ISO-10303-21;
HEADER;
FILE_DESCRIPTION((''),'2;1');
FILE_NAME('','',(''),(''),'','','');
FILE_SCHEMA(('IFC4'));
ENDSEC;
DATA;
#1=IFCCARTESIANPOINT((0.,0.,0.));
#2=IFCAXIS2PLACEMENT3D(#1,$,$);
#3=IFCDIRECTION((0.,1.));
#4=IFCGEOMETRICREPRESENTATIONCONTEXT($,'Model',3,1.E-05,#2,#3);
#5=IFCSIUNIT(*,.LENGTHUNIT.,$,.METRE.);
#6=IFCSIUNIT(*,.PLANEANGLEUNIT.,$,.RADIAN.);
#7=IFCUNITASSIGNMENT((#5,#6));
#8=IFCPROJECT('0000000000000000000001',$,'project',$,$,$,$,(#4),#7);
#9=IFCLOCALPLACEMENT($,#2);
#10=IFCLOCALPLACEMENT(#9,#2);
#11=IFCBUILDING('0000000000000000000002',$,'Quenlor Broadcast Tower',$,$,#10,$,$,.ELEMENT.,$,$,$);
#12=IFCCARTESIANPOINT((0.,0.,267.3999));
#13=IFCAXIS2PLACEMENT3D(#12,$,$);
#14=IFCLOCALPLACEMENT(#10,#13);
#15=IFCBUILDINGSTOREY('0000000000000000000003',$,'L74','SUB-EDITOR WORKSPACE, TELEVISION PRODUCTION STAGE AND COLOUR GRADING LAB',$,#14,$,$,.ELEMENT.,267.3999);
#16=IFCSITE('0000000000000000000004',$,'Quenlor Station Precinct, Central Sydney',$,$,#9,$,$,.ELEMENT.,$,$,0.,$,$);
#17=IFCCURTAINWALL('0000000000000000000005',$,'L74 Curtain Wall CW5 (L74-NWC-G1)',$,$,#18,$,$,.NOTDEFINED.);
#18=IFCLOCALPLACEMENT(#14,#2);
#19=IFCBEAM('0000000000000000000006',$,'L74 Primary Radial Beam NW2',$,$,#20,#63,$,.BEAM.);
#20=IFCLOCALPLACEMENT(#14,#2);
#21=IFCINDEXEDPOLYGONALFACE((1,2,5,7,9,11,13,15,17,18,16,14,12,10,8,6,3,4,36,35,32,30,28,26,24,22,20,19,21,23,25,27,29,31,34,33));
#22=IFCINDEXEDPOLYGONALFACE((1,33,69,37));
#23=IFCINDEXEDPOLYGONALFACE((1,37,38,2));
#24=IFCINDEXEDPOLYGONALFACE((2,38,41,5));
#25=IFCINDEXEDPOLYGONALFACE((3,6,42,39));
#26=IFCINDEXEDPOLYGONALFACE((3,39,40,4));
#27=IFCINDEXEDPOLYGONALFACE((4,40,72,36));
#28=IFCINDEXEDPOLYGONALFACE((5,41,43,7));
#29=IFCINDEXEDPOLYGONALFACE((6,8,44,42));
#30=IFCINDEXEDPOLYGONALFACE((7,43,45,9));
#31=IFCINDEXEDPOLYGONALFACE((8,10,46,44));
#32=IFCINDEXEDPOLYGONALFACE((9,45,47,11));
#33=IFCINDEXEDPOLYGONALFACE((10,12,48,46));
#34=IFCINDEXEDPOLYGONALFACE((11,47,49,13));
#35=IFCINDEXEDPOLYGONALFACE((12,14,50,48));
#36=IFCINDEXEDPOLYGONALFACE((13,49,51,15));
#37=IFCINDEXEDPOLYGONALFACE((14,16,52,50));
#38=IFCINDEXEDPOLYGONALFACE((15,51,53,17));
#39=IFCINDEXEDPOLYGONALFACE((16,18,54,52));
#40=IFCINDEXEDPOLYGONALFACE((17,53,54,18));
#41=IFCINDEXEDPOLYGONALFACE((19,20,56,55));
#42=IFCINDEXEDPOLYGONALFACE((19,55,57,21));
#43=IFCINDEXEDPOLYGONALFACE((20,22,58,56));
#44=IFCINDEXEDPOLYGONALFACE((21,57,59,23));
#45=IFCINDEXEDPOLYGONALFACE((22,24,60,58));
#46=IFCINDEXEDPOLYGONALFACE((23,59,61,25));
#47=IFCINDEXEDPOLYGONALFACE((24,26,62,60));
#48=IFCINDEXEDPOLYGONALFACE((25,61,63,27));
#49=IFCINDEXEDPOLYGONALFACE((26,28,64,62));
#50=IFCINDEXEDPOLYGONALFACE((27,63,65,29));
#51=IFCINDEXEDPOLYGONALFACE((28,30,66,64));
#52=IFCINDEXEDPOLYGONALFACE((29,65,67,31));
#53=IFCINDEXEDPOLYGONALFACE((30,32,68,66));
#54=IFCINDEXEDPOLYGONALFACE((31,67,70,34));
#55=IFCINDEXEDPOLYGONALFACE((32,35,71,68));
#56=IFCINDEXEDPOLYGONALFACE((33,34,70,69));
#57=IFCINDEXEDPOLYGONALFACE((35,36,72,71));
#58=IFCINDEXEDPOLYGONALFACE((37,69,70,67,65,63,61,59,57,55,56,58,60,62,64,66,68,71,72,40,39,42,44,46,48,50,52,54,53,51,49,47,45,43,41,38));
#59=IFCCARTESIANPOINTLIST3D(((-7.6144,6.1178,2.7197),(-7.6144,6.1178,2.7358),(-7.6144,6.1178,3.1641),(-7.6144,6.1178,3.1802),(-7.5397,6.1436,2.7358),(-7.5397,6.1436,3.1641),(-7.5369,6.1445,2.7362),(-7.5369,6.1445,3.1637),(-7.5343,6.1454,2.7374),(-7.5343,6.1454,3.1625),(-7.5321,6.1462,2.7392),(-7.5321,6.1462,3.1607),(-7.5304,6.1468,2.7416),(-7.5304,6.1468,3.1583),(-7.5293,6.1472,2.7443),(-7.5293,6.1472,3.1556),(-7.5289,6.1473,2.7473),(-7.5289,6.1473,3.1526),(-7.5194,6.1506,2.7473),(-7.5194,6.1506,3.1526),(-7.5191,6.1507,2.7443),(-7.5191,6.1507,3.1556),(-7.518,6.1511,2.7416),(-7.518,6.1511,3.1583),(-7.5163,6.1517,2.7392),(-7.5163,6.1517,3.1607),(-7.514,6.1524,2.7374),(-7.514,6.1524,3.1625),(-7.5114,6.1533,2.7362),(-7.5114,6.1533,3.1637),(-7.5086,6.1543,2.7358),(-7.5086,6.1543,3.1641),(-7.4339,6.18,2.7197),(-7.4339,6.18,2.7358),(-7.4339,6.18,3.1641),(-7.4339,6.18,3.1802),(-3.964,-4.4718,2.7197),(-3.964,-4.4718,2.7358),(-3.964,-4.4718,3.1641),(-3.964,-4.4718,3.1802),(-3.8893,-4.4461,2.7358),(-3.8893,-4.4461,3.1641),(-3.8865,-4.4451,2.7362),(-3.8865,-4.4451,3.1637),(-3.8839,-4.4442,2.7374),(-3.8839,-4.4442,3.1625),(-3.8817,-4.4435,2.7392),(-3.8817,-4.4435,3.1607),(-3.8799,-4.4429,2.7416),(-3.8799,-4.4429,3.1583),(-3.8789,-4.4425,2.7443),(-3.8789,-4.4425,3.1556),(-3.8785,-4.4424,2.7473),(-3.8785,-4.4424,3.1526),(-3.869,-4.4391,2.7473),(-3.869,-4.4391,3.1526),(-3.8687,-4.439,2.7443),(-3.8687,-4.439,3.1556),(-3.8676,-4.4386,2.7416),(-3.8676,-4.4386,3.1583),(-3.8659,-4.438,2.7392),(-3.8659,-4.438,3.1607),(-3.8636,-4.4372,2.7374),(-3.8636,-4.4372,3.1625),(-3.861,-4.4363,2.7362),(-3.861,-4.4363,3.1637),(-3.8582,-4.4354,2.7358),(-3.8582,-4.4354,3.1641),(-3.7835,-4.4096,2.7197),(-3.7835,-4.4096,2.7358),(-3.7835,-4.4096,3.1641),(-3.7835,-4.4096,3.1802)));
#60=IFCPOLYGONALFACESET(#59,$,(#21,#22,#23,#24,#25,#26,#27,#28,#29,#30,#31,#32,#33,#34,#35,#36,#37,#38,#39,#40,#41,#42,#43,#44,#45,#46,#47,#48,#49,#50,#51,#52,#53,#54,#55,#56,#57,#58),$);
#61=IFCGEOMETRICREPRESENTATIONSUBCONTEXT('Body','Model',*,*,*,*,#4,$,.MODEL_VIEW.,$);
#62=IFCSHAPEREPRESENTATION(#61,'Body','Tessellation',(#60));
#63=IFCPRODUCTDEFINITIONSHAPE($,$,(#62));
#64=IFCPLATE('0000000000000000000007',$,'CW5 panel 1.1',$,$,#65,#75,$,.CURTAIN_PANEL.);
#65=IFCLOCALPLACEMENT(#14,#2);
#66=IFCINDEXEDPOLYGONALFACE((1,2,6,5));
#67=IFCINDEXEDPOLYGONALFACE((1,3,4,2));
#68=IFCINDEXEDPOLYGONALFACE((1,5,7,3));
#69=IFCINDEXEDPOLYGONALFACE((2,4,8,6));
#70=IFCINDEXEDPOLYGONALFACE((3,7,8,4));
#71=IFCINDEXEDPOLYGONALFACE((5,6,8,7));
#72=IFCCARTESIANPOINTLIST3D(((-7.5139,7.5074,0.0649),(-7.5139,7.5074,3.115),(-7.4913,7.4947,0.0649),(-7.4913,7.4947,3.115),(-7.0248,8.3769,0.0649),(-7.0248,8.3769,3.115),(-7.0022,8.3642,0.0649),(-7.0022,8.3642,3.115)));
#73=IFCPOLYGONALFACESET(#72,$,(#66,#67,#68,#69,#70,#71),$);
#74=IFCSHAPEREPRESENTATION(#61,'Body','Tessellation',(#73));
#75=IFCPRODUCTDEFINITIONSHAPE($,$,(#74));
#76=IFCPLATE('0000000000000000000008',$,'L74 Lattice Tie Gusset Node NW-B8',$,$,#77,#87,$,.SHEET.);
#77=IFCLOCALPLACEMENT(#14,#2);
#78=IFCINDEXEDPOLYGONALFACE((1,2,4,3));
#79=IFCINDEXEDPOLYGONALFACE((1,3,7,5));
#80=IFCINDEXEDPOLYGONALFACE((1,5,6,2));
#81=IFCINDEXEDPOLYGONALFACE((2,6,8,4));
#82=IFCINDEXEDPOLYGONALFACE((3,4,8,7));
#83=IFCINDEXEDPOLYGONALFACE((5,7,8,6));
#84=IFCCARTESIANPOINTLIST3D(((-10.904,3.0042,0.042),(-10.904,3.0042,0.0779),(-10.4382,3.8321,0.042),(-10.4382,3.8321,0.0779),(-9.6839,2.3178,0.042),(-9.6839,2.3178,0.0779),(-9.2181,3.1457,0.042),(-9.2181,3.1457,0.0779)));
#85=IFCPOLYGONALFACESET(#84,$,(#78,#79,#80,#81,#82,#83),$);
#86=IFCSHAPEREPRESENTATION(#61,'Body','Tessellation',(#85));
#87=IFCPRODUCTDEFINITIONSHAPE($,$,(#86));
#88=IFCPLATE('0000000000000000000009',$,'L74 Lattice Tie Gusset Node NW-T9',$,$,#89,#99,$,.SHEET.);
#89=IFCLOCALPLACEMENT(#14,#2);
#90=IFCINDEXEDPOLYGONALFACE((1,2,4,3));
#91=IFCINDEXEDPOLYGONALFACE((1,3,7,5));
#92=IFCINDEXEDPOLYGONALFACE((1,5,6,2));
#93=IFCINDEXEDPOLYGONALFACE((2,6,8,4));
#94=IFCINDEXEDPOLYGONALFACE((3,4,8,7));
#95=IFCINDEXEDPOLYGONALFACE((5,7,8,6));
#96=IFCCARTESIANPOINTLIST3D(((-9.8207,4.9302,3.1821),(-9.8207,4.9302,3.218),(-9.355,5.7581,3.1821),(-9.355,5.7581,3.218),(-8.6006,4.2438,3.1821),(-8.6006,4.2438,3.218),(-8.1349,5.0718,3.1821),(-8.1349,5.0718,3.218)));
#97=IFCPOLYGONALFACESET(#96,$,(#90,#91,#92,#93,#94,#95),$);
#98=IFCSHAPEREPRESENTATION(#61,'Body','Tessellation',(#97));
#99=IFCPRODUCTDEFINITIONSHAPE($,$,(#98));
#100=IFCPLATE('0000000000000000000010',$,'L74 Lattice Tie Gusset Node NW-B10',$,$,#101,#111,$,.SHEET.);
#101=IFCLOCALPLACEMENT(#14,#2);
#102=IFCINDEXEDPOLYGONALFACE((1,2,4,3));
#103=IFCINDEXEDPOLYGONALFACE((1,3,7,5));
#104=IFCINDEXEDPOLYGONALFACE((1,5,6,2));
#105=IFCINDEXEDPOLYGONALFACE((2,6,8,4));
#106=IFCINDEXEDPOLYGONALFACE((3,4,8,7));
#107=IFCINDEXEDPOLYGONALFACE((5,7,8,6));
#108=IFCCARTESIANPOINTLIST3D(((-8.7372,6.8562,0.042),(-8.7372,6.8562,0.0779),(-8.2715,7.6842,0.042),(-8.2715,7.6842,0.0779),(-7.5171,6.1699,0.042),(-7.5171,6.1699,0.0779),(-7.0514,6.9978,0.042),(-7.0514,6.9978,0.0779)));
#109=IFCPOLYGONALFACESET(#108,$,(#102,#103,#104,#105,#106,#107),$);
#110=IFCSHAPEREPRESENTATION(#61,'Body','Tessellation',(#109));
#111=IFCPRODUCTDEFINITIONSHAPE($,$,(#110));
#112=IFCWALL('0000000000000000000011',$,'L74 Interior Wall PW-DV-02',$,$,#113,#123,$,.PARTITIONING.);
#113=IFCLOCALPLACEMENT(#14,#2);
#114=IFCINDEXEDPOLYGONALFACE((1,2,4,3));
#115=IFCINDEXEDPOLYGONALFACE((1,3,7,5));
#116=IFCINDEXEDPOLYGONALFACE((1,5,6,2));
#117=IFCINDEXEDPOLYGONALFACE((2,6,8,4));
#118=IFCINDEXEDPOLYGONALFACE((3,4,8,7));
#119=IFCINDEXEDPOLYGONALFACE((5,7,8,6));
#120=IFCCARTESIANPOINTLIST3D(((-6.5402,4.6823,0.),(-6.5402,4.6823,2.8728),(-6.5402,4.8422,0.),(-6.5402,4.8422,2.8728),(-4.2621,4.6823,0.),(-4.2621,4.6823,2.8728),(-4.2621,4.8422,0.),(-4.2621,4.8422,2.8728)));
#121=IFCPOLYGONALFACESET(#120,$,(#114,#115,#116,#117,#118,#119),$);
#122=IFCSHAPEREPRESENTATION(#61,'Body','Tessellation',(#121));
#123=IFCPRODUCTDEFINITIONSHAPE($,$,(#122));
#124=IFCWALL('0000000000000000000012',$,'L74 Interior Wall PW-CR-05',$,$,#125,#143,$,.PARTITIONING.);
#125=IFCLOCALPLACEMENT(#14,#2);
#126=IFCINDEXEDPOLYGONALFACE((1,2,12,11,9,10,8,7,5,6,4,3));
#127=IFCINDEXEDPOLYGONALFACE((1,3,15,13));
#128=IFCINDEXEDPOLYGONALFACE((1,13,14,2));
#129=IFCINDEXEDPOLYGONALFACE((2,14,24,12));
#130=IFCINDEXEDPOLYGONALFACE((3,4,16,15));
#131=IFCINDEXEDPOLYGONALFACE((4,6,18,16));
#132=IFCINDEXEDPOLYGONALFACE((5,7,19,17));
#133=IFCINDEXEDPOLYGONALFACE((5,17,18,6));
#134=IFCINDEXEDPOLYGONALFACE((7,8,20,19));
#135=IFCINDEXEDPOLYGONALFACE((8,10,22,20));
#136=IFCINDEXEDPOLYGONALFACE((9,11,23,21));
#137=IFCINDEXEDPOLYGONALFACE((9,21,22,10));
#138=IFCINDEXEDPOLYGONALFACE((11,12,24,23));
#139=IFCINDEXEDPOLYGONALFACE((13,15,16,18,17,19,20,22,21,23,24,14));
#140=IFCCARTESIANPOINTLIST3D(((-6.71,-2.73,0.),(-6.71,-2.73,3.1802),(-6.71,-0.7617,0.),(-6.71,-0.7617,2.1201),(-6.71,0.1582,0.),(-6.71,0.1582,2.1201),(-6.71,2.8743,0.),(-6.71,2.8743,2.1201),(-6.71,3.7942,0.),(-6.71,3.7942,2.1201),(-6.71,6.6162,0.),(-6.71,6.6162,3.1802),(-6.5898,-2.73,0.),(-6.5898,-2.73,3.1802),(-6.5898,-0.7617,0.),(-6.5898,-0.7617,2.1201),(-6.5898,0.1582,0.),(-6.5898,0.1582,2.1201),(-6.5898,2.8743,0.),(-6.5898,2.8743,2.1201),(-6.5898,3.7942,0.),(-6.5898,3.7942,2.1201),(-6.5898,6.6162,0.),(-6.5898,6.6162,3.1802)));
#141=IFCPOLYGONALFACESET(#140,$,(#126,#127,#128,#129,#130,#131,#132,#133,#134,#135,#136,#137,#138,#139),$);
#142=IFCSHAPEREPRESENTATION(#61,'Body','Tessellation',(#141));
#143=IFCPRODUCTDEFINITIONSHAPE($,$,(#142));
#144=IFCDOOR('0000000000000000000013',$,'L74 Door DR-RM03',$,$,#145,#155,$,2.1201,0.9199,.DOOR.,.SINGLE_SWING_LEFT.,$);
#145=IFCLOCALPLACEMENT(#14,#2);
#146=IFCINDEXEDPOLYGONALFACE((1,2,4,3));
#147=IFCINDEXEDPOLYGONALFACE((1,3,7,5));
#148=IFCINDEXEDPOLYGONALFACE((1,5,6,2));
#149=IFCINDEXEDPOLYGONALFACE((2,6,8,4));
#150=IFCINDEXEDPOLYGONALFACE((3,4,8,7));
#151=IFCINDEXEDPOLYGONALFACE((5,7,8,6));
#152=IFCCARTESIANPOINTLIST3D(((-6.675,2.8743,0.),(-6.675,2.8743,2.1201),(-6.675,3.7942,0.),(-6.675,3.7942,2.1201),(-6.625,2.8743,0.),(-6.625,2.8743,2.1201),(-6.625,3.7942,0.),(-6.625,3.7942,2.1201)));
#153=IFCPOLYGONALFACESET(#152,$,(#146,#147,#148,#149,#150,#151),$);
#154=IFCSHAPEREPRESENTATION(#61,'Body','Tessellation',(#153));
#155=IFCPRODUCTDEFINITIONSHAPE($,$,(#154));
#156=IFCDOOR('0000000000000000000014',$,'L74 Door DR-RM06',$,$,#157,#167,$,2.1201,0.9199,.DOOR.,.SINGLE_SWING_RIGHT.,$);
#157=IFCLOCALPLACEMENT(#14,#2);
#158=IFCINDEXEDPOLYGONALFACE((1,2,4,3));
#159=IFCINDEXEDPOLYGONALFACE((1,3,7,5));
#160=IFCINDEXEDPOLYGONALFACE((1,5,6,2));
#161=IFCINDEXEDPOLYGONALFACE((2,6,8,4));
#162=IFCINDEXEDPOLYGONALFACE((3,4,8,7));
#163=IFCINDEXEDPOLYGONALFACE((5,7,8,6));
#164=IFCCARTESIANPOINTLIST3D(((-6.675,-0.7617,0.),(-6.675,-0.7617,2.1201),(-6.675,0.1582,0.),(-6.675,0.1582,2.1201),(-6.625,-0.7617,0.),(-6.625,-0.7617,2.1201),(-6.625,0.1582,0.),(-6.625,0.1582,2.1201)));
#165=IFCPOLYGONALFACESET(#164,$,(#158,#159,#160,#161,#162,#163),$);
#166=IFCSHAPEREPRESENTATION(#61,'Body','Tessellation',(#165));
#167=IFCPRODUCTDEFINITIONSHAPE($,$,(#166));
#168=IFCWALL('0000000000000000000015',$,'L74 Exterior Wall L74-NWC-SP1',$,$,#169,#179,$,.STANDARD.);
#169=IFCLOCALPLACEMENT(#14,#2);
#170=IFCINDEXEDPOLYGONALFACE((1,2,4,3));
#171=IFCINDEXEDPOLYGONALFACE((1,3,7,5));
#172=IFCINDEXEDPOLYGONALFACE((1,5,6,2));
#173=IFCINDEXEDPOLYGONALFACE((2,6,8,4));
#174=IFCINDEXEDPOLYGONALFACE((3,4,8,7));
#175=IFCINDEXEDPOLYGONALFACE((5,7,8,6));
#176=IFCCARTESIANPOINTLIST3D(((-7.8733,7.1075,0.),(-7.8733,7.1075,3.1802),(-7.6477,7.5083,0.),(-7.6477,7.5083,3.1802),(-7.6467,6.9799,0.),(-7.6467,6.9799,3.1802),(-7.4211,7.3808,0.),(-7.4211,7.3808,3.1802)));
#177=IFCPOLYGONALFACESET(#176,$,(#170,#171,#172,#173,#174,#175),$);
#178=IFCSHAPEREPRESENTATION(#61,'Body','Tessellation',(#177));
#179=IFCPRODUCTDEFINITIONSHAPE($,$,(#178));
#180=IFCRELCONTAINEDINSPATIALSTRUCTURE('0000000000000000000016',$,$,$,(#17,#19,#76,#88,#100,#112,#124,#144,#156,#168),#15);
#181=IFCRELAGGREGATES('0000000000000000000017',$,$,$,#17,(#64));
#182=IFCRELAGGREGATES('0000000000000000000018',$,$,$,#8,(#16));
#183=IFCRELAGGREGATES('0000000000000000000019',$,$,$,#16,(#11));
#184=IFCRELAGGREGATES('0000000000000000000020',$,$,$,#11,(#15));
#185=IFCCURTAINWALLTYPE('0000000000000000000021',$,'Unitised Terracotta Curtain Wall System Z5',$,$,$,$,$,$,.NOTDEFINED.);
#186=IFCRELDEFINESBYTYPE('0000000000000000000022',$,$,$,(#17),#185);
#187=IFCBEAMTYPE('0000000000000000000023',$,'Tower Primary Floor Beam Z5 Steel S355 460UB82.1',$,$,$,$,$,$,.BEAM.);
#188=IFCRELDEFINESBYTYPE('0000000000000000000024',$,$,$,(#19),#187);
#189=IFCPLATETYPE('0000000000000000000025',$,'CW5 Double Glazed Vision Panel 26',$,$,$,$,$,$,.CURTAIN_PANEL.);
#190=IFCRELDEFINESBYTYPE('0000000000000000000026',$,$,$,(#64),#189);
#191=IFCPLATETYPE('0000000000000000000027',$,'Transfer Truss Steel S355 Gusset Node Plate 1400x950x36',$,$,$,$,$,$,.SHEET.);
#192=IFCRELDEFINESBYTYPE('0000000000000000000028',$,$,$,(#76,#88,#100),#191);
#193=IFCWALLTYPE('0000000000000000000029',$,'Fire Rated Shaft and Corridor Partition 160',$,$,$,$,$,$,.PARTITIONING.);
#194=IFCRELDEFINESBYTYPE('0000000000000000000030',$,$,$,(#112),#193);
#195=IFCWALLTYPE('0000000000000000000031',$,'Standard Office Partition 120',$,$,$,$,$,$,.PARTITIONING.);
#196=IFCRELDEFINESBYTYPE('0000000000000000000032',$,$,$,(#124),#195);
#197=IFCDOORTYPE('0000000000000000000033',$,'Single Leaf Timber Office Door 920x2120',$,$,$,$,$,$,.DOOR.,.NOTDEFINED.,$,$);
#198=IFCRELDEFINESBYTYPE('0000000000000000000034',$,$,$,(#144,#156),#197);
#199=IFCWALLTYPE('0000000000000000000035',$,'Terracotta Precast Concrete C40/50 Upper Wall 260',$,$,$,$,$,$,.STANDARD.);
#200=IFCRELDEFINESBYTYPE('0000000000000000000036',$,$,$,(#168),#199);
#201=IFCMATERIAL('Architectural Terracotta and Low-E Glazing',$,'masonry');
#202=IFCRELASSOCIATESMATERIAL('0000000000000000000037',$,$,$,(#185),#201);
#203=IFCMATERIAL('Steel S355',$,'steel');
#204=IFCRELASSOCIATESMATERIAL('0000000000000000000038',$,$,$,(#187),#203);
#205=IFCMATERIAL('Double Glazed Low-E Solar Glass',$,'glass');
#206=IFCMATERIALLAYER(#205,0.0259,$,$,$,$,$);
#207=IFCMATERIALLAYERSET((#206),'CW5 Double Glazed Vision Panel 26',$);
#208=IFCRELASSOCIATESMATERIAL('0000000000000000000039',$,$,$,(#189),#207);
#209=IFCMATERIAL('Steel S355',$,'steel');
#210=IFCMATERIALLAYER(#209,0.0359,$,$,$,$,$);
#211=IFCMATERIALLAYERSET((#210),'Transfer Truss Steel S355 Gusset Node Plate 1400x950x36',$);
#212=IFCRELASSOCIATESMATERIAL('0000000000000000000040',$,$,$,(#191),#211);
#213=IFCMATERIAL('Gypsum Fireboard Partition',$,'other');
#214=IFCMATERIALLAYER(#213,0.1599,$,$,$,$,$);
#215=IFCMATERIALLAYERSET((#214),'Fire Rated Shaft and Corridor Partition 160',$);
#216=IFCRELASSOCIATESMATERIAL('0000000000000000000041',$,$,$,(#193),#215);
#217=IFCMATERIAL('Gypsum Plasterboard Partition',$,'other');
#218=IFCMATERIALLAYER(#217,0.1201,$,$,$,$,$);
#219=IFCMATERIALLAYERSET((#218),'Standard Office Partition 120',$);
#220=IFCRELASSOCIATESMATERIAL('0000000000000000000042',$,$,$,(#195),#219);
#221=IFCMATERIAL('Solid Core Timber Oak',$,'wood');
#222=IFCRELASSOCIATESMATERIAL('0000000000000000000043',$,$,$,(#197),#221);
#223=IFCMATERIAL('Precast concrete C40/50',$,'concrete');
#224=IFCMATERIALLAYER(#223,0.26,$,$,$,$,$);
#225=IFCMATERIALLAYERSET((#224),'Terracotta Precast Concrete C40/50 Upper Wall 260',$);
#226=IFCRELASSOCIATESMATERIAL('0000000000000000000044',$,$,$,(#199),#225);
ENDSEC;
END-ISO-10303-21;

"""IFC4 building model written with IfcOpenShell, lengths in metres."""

from ifc_helpers import new_model, si_unit, direction, frame, frame_2d, origin, origin_2d, place, context, subcontext, project, spatial, rectangle, i_section, extrude, material, layer, layer_set, material_profile, profile_set, type_object, element, fill, aggregate, save


model = new_model("IFC4")

# Units and contexts
model_context = context("Model", 3, precision=1e-05, world=origin(), true_north=direction((0.0, 1.0)))
body_context = subcontext(model_context, "Body", "Model", "MODEL_VIEW")
ifc_project = project(units=[si_unit("LENGTHUNIT", "METRE"), si_unit("PLANEANGLEUNIT", "RADIAN")], contexts=[model_context])

# Site, building, storey
site_placement = place(None, origin())
site = spatial("IfcSite", under=ifc_project, at=site_placement, Name="Quenlor Station Precinct, Central Sydney", CompositionType="ELEMENT", RefElevation=0.0)
building_placement = place(site_placement, origin())
building = spatial("IfcBuilding", under=site, at=building_placement, Name="Quenlor Broadcast Tower", CompositionType="ELEMENT")
storey_placement = place(building_placement, frame((0.0, 0.0, 267.3999)))
storey = spatial("IfcBuildingStorey", under=building, at=storey_placement, Name="L74", Description="SUB-EDITOR WORKSPACE, TELEVISION PRODUCTION STAGE AND COLOUR GRADING LAB", CompositionType="ELEMENT", Elevation=267.3999)

# Curtain wall
ifc_material_1 = material(Name="Architectural Terracotta and Low-E Glazing", Category="masonry")
curtain_wall_type = type_object("IfcCurtainWallType", Name="Unitised Terracotta Curtain Wall System Z5", PredefinedType="NOTDEFINED", material=ifc_material_1)
curtain_wall_placement = place(storey_placement, origin())
curtain_wall = element("IfcCurtainWall", 1, at=curtain_wall_placement, inside=storey, type_object=curtain_wall_type, Name="L74 Curtain Wall CW5 (L74-NWC-G1)", PredefinedType="NOTDEFINED")

# Beam
ifc_material_2 = material(Name="Steel S355", Category="steel")
ifc_material_profile_1 = material_profile(ifc_material_2, i_section(OverallWidth=0.1909, OverallDepth=0.4604, WebThickness=0.01, FlangeThickness=0.0161, FilletRadius=0.0115, at=origin_2d()))
ifc_profile_set_1 = profile_set([ifc_material_profile_1], Name="Steel S355 460UB82.1")
beam_type_1 = type_object("IfcBeamType", Name="Tower Primary Floor Beam Z5 Steel S355 460UB82.1", PredefinedType="BEAM", material=ifc_profile_set_1)
beam_1_placement = place(storey_placement, frame((-7.5242, 6.1489, 2.95), z_axis=(0.325895, -0.945406, 0.0), x_axis=(0.945406, 0.325895, 0.0)))
element("IfcBeam", 2, at=beam_1_placement, inside=storey, type_object=beam_type_1, Name="L74 Primary Radial Beam NW2", PredefinedType="BEAM", context=body_context, shape_type="SweptSolid", body=[
    extrude(i_section(OverallWidth=0.1909, OverallDepth=0.4604, WebThickness=0.01, FlangeThickness=0.0161, FilletRadius=0.0115, at=origin_2d()), origin(), (0.0, 0.0, 1.0), 11.2012),
])

# Plate
ifc_material_3 = material(Name="Double Glazed Low-E Solar Glass", Category="glass")
ifc_layer_1 = layer(ifc_material_3, 0.0259)
ifc_layer_set_1 = layer_set([ifc_layer_1], Name="CW5 Double Glazed Vision Panel 26")
plate_type_1 = type_object("IfcPlateType", Name="CW5 Double Glazed Vision Panel 26", PredefinedType="CURTAIN_PANEL", material=ifc_layer_set_1)
plate_placement = place(storey_placement, frame((-7.2581, 7.9358, 0.0649), z_axis=(0.0, 0.0, 1.0), x_axis=(0.490282, 0.871564, 0.0)))
plate = element("IfcPlate", 3, at=plate_placement, type_object=plate_type_1, Name="CW5 panel 1.1", PredefinedType="CURTAIN_PANEL", context=body_context, shape_type="SweptSolid", body=[
    extrude(rectangle(XDim=0.9976, YDim=0.0259, at=origin_2d()), origin(), (0.0, 0.0, 1.0), 3.05),
])
aggregate(curtain_wall, [plate])

# Plates
ifc_material_4 = material(Name="Steel S355", Category="steel")
ifc_layer_2 = layer(ifc_material_4, 0.0359)
ifc_layer_set_2 = layer_set([ifc_layer_2], Name="Transfer Truss Steel S355 Gusset Node Plate 1400x950x36")
plate_type_2 = type_object("IfcPlateType", Name="Transfer Truss Steel S355 Gusset Node Plate 1400x950x36", PredefinedType="SHEET", material=ifc_layer_set_2)
for number, where, z_axis, x_axis, name in (
    (4, (-10.061, 3.075, 0.042), (0.0, 0.0, 1.0), (-0.871556, 0.490295, 0.0), "L74 Lattice Tie Gusset Node NW-B8"),
    (5, (-8.9778, 5.001, 3.1821), (0.0, 0.0, 1.0), (-0.871556, 0.490295, 0.0), "L74 Lattice Tie Gusset Node NW-T9"),
    (6, (-7.8943, 6.927, 0.042), (0.0, 0.0, 1.0), (-0.871556, 0.490295, 0.0), "L74 Lattice Tie Gusset Node NW-B10"),
):
    element("IfcPlate", number, at=place(storey_placement, frame(where, z_axis=z_axis, x_axis=x_axis)), inside=storey, type_object=plate_type_2, Name=name, PredefinedType="SHEET", context=body_context, shape_type="SweptSolid", body=[
        extrude(rectangle(XDim=1.3999, YDim=0.95, at=origin_2d()), origin(), (0.0, 0.0, 1.0), 0.0359),
    ])

# Wall
ifc_material_5 = material(Name="Gypsum Fireboard Partition", Category="other")
ifc_layer_3 = layer(ifc_material_5, 0.1599)
ifc_layer_set_3 = layer_set([ifc_layer_3], Name="Fire Rated Shaft and Corridor Partition 160")
wall_type_1 = type_object("IfcWallType", Name="Fire Rated Shaft and Corridor Partition 160", PredefinedType="PARTITIONING", material=ifc_layer_set_3)
wall_1_placement = place(storey_placement, frame((-4.262, 4.7622, 0.0), z_axis=(0.0, 0.0, 1.0), x_axis=(-1.0, 0.0, 0.0)))
element("IfcWall", 7, at=wall_1_placement, inside=storey, type_object=wall_type_1, Name="L74 Interior Wall PW-DV-02", PredefinedType="PARTITIONING", context=body_context, shape_type="SweptSolid", body=[
    extrude(rectangle(XDim=2.2781, YDim=0.1599, at=frame_2d((1.1392, 0.0))), origin(), (0.0, 0.0, 1.0), 2.8728),
])

# Shared definitions
ifc_material_6 = material(Name="Gypsum Plasterboard Partition", Category="other")
ifc_layer_4 = layer(ifc_material_6, 0.1201)
ifc_layer_set_4 = layer_set([ifc_layer_4], Name="Standard Office Partition 120")
wall_type_2 = type_object("IfcWallType", Name="Standard Office Partition 120", PredefinedType="PARTITIONING", material=ifc_layer_set_4)
ifc_material_7 = material(Name="Solid Core Timber Oak", Category="wood")
door_type = type_object("IfcDoorType", Name="Single Leaf Timber Office Door 920x2120", OperationType="NOTDEFINED", PredefinedType="DOOR", material=ifc_material_7)

# Wall, openings, doors
wall_2_placement = place(storey_placement, frame((-6.6499, 6.6162, 0.0), z_axis=(0.0, 0.0, 1.0), x_axis=(0.0, -1.0, 0.0)))
wall_2 = element("IfcWall", 8, at=wall_2_placement, inside=storey, type_object=wall_type_2, Name="L74 Interior Wall PW-CR-05", PredefinedType="PARTITIONING", context=body_context, shape_type="SweptSolid", body=[
    extrude(rectangle(XDim=9.3462, YDim=0.1201, at=frame_2d((4.6731, 0.0))), origin(), (0.0, 0.0, 1.0), 3.1802),
])
opening_1_placement = place(wall_2_placement, frame((2.822, 0.0, 0.0)))
opening_1 = element("IfcOpeningElement", 9, at=opening_1_placement, cuts=wall_2, PredefinedType="OPENING", context=body_context, shape_type="SweptSolid", body=[
    extrude(rectangle(XDim=0.9199, YDim=2.1201, at=frame_2d((0.46, 1.0601))), frame((0.0, 0.0701, 0.0), z_axis=(0.0, -1.0, 0.0), x_axis=(1.0, 0.0, 0.0)), (0.0, 0.0, 1.0), 0.1401),
])
opening_2_placement = place(wall_2_placement, frame((6.458, 0.0, 0.0)))
opening_2 = element("IfcOpeningElement", 10, at=opening_2_placement, cuts=wall_2, PredefinedType="OPENING", context=body_context, shape_type="SweptSolid", body=[
    extrude(rectangle(XDim=0.9199, YDim=2.1201, at=frame_2d((0.46, 1.0601))), frame((0.0, 0.0701, 0.0), z_axis=(0.0, -1.0, 0.0), x_axis=(1.0, 0.0, 0.0)), (0.0, 0.0, 1.0), 0.1401),
])
door_1_placement = place(opening_1_placement, origin())
door_1 = element("IfcDoor", 11, at=door_1_placement, inside=storey, type_object=door_type, Name="L74 Door DR-RM03", OperationType="SINGLE_SWING_LEFT", OverallHeight=2.1201, OverallWidth=0.9199, PredefinedType="DOOR", context=body_context, shape_type="SweptSolid", body=[
    extrude(rectangle(XDim=0.9199, YDim=2.1201, at=frame_2d((0.46, 1.0601))), frame((0.0, 0.0249, 0.0), z_axis=(0.0, -1.0, 0.0), x_axis=(1.0, 0.0, 0.0)), (0.0, 0.0, 1.0), 0.05),
])
fill(opening_1, door_1)
door_2_placement = place(opening_2_placement, origin())
door_2 = element("IfcDoor", 12, at=door_2_placement, inside=storey, type_object=door_type, Name="L74 Door DR-RM06", OperationType="SINGLE_SWING_RIGHT", OverallHeight=2.1201, OverallWidth=0.9199, PredefinedType="DOOR", context=body_context, shape_type="SweptSolid", body=[
    extrude(rectangle(XDim=0.9199, YDim=2.1201, at=frame_2d((0.46, 1.0601))), frame((0.0, 0.0249, 0.0), z_axis=(0.0, -1.0, 0.0), x_axis=(1.0, 0.0, 0.0)), (0.0, 0.0, 1.0), 0.05),
])
fill(opening_2, door_2)

# Wall
ifc_material_8 = material(Name="Precast concrete C40/50", Category="concrete")
ifc_layer_5 = layer(ifc_material_8, 0.26)
ifc_layer_set_5 = layer_set([ifc_layer_5], Name="Terracotta Precast Concrete C40/50 Upper Wall 260")
wall_type_3 = type_object("IfcWallType", Name="Terracotta Precast Concrete C40/50 Upper Wall 260", PredefinedType="STANDARD", material=ifc_layer_set_5)
wall_3_placement = place(storey_placement, frame((-7.76, 7.0437, 0.0), z_axis=(0.0, 0.0, 1.0), x_axis=(0.490412, 0.87149, 0.0)))
element("IfcWall", 13, at=wall_3_placement, inside=storey, type_object=wall_type_3, Name="L74 Exterior Wall L74-NWC-SP1", PredefinedType="STANDARD", context=body_context, shape_type="SweptSolid", body=[
    extrude(rectangle(XDim=0.46, YDim=0.26, at=frame_2d((0.23, 0.0))), origin(), (0.0, 0.0, 1.0), 3.1802),
])

save(model, "model.ifc")
